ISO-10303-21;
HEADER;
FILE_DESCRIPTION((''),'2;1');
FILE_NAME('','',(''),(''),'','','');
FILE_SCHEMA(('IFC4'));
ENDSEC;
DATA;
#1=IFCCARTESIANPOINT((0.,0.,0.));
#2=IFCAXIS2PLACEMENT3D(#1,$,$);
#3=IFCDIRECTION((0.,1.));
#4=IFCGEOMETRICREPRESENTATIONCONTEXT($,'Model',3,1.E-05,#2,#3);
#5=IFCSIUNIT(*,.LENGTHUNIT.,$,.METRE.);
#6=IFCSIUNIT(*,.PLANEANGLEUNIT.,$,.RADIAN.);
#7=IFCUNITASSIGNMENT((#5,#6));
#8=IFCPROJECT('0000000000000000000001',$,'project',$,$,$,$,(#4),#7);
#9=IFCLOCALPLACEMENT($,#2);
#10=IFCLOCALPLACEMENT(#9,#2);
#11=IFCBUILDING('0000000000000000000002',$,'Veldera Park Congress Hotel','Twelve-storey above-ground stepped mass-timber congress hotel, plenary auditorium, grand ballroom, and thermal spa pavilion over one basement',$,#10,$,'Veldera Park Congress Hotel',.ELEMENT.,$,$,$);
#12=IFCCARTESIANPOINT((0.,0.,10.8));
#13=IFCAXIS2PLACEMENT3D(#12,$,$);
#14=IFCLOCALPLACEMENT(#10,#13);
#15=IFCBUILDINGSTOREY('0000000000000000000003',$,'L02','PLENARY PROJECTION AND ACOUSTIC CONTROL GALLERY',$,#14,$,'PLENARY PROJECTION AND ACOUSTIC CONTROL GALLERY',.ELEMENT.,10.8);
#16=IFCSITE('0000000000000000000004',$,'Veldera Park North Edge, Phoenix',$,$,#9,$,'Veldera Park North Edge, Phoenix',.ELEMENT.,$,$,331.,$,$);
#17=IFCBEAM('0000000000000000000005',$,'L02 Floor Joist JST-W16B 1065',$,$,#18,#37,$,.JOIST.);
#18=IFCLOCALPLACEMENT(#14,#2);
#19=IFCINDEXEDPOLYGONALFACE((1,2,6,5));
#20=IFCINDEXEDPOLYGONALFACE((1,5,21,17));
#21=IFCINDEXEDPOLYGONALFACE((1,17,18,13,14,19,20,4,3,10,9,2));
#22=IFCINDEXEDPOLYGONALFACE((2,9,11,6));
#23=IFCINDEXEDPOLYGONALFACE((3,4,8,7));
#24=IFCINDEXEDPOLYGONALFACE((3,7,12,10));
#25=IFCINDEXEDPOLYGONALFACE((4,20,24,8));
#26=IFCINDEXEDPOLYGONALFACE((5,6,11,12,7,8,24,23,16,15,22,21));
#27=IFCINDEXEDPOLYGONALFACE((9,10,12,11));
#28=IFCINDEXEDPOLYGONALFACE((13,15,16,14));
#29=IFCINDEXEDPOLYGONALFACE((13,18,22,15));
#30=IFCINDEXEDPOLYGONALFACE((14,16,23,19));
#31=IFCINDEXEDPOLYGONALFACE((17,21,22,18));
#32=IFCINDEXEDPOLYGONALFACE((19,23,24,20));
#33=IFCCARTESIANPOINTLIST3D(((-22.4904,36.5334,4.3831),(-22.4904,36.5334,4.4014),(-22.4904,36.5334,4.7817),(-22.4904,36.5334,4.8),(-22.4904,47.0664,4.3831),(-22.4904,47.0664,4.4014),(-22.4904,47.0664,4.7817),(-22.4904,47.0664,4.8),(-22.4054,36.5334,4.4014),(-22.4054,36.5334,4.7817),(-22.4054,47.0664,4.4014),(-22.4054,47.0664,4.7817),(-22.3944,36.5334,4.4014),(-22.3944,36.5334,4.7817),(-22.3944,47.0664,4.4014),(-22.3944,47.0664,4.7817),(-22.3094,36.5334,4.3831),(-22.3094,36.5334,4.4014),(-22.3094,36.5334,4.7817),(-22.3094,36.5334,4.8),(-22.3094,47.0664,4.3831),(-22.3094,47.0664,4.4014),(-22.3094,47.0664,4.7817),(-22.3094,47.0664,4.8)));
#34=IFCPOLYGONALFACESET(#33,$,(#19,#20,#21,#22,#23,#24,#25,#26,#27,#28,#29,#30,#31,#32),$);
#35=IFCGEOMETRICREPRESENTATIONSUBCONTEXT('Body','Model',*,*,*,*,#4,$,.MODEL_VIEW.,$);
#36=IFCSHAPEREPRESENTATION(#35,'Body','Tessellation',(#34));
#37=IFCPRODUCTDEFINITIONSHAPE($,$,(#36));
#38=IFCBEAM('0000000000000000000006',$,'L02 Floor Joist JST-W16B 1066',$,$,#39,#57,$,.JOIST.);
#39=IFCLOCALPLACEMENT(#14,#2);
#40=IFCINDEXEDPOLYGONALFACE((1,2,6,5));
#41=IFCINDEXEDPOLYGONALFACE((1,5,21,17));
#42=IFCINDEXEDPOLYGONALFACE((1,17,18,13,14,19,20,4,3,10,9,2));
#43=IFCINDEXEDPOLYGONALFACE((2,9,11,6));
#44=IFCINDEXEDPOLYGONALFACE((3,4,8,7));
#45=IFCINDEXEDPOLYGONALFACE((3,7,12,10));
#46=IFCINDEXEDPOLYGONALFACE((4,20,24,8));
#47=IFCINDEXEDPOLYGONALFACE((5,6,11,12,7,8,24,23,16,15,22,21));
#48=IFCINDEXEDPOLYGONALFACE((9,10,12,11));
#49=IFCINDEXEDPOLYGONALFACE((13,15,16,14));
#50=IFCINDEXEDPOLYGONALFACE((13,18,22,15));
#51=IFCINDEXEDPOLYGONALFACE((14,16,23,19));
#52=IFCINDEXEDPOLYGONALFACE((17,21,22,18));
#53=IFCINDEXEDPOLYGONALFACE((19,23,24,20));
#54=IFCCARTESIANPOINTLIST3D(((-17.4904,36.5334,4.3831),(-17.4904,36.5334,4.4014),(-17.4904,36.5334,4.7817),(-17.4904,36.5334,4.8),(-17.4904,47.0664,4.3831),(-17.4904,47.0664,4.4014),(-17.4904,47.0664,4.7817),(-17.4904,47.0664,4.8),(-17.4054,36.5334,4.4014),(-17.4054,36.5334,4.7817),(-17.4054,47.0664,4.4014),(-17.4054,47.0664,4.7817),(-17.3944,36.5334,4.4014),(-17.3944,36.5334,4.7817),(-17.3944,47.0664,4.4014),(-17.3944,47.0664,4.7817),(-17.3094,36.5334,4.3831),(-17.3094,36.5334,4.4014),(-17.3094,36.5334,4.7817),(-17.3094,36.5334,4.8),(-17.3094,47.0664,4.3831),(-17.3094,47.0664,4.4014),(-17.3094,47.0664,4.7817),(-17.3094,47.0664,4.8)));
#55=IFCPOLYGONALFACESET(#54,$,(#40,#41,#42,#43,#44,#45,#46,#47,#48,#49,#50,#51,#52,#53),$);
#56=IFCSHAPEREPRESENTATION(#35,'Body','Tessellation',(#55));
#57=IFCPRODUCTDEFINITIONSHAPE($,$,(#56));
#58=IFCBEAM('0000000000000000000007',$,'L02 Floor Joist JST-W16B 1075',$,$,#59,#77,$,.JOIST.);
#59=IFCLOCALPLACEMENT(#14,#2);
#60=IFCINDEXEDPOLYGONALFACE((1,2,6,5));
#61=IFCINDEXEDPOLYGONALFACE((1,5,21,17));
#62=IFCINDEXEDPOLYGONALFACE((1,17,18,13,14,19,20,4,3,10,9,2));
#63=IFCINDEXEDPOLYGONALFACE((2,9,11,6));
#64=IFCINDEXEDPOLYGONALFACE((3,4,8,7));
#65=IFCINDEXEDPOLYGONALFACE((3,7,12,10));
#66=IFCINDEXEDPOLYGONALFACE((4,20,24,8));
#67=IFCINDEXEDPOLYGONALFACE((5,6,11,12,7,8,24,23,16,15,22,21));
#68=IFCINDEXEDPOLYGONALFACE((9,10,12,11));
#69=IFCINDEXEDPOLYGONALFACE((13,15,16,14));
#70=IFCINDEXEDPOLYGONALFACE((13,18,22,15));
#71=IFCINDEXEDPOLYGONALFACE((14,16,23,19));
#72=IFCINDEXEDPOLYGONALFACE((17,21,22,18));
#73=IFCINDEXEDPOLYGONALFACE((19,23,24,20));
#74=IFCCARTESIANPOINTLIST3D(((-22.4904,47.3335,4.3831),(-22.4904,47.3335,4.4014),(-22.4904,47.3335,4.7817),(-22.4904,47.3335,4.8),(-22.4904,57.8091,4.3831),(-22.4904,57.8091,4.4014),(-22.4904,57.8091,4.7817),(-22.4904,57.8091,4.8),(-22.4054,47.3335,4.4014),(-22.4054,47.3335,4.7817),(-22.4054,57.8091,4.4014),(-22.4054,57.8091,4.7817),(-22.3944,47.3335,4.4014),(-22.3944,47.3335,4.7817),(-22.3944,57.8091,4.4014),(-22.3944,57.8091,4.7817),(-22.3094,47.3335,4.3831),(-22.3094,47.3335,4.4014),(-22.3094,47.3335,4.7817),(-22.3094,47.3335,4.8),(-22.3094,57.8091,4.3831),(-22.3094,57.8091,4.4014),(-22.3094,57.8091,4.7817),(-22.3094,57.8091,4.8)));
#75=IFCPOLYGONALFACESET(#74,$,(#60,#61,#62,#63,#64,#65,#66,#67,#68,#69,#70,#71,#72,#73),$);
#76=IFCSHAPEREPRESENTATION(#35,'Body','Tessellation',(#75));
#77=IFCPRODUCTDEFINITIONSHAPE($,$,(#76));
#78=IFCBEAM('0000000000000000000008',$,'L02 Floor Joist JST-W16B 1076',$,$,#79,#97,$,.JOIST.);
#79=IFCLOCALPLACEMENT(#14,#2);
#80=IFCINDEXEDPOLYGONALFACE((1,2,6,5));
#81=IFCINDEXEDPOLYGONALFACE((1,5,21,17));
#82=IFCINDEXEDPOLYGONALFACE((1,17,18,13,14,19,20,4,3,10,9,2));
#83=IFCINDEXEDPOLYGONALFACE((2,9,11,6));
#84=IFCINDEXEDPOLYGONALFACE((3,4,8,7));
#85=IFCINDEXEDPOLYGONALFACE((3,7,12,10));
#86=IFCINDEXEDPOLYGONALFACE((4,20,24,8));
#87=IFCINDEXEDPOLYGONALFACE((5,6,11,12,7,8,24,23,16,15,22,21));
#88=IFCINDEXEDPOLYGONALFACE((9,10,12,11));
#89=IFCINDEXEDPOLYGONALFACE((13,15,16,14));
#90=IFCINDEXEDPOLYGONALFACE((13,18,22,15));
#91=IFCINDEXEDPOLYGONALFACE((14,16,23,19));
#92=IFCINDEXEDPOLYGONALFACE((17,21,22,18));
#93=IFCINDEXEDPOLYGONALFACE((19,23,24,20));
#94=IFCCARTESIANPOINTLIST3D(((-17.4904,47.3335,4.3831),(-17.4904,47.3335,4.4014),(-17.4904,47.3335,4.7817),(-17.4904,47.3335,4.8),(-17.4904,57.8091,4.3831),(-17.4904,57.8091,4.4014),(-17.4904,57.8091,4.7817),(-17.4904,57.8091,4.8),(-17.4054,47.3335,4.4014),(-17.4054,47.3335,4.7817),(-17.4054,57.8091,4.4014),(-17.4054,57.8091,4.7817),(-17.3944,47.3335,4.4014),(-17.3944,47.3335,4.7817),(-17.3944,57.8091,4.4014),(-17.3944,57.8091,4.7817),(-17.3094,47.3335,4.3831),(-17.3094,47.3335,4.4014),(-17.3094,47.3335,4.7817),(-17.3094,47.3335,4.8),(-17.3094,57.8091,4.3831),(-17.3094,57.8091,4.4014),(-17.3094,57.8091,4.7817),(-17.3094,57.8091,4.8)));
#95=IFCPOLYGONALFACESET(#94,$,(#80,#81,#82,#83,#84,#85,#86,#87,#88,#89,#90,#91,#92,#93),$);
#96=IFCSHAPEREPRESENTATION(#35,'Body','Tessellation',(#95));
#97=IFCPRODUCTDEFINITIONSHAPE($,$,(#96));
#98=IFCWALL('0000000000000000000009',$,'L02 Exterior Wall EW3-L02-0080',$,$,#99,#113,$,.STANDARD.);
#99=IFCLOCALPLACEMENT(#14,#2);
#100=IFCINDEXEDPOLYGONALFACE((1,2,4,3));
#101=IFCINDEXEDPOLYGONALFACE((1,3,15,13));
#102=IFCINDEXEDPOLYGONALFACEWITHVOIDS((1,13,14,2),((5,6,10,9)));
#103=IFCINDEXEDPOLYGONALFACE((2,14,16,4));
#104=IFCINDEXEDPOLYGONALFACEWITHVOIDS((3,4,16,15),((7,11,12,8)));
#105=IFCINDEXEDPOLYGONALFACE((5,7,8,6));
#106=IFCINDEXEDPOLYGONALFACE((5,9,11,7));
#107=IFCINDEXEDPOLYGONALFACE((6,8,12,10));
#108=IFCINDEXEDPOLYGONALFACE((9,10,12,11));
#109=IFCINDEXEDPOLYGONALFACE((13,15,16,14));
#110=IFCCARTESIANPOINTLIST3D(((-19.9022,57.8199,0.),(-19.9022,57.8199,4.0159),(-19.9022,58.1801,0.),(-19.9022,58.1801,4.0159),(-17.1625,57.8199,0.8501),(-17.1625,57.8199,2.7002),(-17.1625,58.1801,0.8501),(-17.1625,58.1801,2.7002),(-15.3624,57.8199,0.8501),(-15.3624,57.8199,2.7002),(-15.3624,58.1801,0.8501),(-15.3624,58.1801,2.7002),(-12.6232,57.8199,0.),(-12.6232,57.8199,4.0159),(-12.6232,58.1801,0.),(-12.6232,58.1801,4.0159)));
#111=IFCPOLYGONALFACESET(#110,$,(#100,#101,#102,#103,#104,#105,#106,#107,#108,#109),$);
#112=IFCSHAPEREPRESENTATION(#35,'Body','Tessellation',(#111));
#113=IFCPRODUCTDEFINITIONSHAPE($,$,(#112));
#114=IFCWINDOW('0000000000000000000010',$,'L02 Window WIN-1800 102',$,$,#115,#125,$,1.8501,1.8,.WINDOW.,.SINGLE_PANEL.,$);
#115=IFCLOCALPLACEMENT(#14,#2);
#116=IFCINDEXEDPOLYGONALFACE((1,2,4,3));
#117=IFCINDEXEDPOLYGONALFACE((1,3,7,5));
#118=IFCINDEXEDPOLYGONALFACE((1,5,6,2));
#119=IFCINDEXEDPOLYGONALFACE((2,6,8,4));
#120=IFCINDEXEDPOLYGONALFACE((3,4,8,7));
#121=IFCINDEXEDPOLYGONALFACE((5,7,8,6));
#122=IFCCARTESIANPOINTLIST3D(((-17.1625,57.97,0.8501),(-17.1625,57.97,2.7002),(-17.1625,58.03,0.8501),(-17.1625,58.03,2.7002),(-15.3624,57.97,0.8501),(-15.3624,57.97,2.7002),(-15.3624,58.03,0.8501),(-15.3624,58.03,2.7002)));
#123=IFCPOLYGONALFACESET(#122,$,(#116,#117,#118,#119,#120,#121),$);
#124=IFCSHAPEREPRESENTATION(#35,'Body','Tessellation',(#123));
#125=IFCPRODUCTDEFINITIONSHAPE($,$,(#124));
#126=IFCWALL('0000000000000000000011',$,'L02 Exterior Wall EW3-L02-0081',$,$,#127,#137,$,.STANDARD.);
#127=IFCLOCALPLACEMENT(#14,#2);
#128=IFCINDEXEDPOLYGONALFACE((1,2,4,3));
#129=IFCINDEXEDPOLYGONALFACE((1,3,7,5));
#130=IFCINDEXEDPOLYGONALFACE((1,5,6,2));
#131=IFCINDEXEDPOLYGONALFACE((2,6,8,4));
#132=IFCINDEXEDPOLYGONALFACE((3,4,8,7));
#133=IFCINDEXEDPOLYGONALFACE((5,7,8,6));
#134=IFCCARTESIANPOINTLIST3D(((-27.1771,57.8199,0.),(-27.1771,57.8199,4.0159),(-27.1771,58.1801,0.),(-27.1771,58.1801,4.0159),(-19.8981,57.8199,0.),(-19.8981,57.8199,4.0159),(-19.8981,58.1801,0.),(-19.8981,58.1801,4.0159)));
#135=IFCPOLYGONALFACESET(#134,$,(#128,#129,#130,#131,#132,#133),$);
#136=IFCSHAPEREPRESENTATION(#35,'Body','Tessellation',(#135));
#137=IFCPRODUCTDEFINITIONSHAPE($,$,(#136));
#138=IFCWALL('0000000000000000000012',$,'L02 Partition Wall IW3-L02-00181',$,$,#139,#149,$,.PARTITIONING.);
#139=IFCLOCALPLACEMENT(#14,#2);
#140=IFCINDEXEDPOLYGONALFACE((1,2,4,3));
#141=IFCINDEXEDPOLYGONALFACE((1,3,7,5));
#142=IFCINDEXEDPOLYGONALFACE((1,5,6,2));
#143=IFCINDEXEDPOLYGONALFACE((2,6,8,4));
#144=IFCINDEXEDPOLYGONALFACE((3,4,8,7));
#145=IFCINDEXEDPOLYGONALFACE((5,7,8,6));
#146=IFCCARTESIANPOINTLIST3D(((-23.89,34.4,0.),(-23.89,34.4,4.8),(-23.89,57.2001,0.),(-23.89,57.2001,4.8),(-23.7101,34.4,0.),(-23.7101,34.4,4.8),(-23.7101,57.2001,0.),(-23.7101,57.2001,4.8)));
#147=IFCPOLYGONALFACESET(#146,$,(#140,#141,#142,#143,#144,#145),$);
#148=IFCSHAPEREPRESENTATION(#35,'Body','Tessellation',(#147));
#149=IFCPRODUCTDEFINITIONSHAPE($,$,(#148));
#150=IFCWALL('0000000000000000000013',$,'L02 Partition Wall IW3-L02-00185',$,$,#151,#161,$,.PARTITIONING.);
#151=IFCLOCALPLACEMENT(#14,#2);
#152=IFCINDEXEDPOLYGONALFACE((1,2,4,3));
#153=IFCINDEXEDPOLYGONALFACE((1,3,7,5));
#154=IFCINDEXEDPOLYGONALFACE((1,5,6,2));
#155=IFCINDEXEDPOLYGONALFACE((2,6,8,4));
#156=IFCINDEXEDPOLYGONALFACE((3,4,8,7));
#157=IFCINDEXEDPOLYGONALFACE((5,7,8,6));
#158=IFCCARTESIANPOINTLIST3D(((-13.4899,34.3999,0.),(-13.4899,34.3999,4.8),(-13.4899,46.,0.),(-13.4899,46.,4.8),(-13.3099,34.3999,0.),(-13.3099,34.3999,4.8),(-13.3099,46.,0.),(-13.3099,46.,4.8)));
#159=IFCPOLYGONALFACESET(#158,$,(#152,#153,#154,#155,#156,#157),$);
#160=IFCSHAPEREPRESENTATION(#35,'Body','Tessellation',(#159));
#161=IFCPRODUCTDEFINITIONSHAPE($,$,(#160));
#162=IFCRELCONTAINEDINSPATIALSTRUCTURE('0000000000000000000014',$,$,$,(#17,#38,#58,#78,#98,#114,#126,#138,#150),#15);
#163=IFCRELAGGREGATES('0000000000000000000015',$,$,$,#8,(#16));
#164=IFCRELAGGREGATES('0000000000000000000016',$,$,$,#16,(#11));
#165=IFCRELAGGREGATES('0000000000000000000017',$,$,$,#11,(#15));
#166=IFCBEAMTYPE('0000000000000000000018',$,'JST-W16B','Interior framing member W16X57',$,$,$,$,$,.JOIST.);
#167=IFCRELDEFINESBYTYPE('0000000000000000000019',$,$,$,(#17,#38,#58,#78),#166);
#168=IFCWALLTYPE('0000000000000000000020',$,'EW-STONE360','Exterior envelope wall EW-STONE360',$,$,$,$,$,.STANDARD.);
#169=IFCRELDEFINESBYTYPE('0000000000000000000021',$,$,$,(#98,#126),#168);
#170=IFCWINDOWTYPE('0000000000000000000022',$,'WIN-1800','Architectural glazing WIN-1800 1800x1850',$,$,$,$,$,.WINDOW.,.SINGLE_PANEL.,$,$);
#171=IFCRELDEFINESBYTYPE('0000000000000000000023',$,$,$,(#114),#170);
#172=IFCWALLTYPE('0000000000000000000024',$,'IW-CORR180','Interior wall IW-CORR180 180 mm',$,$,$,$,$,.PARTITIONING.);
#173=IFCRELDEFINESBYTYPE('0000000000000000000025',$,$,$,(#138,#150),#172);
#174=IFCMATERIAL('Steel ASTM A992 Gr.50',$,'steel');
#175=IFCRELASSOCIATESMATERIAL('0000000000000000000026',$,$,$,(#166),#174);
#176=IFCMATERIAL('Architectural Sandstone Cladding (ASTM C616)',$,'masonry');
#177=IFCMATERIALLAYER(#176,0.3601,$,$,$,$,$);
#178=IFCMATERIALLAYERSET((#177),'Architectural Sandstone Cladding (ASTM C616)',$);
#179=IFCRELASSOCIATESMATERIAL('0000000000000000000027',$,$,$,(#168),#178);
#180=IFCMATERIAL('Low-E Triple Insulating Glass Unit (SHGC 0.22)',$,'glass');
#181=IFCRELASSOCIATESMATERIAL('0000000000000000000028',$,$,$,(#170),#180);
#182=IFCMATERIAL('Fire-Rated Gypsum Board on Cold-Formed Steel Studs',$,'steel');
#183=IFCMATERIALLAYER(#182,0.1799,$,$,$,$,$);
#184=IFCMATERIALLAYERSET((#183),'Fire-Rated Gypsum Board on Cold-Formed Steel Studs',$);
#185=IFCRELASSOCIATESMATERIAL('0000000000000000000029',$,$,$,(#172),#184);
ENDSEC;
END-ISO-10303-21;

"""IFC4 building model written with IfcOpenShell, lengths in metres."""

from ifc_helpers import new_model, si_unit, direction, frame, frame_2d, origin, origin_2d, place, context, subcontext, project, spatial, rectangle, i_section, extrude, material, layer, layer_set, material_profile, profile_set, type_object, element, fill, save


model = new_model("IFC4")

# Units and contexts
model_context = context("Model", 3, precision=1e-05, world=origin(), true_north=direction((0.0, 1.0)))
body_context = subcontext(model_context, "Body", "Model", "MODEL_VIEW")
ifc_project = project(units=[si_unit("LENGTHUNIT", "METRE"), si_unit("PLANEANGLEUNIT", "RADIAN")], contexts=[model_context])

# Site, building, storey
site_placement = place(None, origin())
site = spatial("IfcSite", under=ifc_project, at=site_placement, Name="Veldera Park North Edge, Phoenix", LongName="Veldera Park North Edge, Phoenix", CompositionType="ELEMENT", RefElevation=331.0)
building_placement = place(site_placement, origin())
building = spatial("IfcBuilding", under=site, at=building_placement, Name="Veldera Park Congress Hotel", Description="Twelve-storey above-ground stepped mass-timber congress hotel, plenary auditorium, grand ballroom, and thermal spa pavilion over one basement", LongName="Veldera Park Congress Hotel", CompositionType="ELEMENT")
storey_placement = place(building_placement, frame((0.0, 0.0, 10.8)))
storey = spatial("IfcBuildingStorey", under=building, at=storey_placement, Name="L02", Description="PLENARY PROJECTION AND ACOUSTIC CONTROL GALLERY", LongName="PLENARY PROJECTION AND ACOUSTIC CONTROL GALLERY", CompositionType="ELEMENT", Elevation=10.8)

# Beams
ifc_material_1 = material(Name="Steel ASTM A992 Gr.50", Category="steel")
ifc_material_profile_1 = material_profile(ifc_material_1, i_section(OverallWidth=0.1809, OverallDepth=0.417, WebThickness=0.011, FlangeThickness=0.0183, at=origin_2d()), Name="W16X57")
ifc_profile_set_1 = profile_set([ifc_material_profile_1], Name="Steel ASTM A992 Gr.50")
beam_type_1 = type_object("IfcBeamType", Name="JST-W16B", Description="Interior framing member W16X57", PredefinedType="JOIST", material=ifc_profile_set_1)
for number, where, z_axis, x_axis, name in (
    (1, (-22.3999, 36.5334, 4.5916), (0.0, 1.0, 0.0), (-1.0, 0.0, 0.0), "L02 Floor Joist JST-W16B 1065"),
    (2, (-17.3999, 36.5334, 4.5916), (0.0, 1.0, 0.0), (-1.0, 0.0, 0.0), "L02 Floor Joist JST-W16B 1066"),
):
    element("IfcBeam", number, at=place(storey_placement, frame(where, z_axis=z_axis, x_axis=x_axis)), inside=storey, type_object=beam_type_1, Name=name, PredefinedType="JOIST", context=body_context, shape_type="SweptSolid", body=[
        extrude(i_section(OverallWidth=0.1809, OverallDepth=0.417, WebThickness=0.011, FlangeThickness=0.0183, at=origin_2d()), origin(), (0.0, 0.0, 1.0), 10.533),
    ])
for number, where, z_axis, x_axis, name in (
    (3, (-22.3999, 47.3335, 4.5916), (0.0, 1.0, 0.0), (-1.0, 0.0, 0.0), "L02 Floor Joist JST-W16B 1075"),
    (4, (-17.3999, 47.3335, 4.5916), (0.0, 1.0, 0.0), (-1.0, 0.0, 0.0), "L02 Floor Joist JST-W16B 1076"),
):
    element("IfcBeam", number, at=place(storey_placement, frame(where, z_axis=z_axis, x_axis=x_axis)), inside=storey, type_object=beam_type_1, Name=name, PredefinedType="JOIST", context=body_context, shape_type="SweptSolid", body=[
        extrude(i_section(OverallWidth=0.1809, OverallDepth=0.417, WebThickness=0.011, FlangeThickness=0.0183, at=origin_2d()), origin(), (0.0, 0.0, 1.0), 10.4756),
    ])

# Wall, opening, window
ifc_material_2 = material(Name="Architectural Sandstone Cladding (ASTM C616)", Category="masonry")
ifc_layer_1 = layer(ifc_material_2, 0.3601)
ifc_layer_set_1 = layer_set([ifc_layer_1], Name="Architectural Sandstone Cladding (ASTM C616)")
wall_type_1 = type_object("IfcWallType", Name="EW-STONE360", Description="Exterior envelope wall EW-STONE360", PredefinedType="STANDARD", material=ifc_layer_set_1)
wall_1_placement = place(storey_placement, frame((-12.623, 58.0, 0.0), z_axis=(0.0, 0.0, 1.0), x_axis=(-1.0, 0.0, 0.0)))
wall_1 = element("IfcWall", 5, at=wall_1_placement, inside=storey, type_object=wall_type_1, Name="L02 Exterior Wall EW3-L02-0080", PredefinedType="STANDARD", context=body_context, shape_type="SweptSolid", body=[
    extrude(rectangle(XDim=7.2791, YDim=0.3601, at=frame_2d((3.6396, 0.0))), origin(), (0.0, 0.0, 1.0), 4.0159),
])
opening_1_placement = place(wall_1_placement, frame((2.7395, 0.0, 0.8501)))
opening_1 = element("IfcOpeningElement", 6, at=opening_1_placement, cuts=wall_1, PredefinedType="OPENING", context=body_context, shape_type="SweptSolid", body=[
    extrude(rectangle(XDim=1.8, YDim=1.8501, at=frame_2d((0.8999, 0.925))), frame((0.0, 0.1921, 0.0), z_axis=(0.0, -1.0, 0.0), x_axis=(1.0, 0.0, 0.0)), (0.0, 0.0, 1.0), 0.384),
])
ifc_material_3 = material(Name="Low-E Triple Insulating Glass Unit (SHGC 0.22)", Category="glass")
window_type = type_object("IfcWindowType", Name="WIN-1800", Description="Architectural glazing WIN-1800 1800x1850", PartitioningType="SINGLE_PANEL", PredefinedType="WINDOW", material=ifc_material_3)
window_placement = place(opening_1_placement, origin())
window = element("IfcWindow", 7, at=window_placement, inside=storey, type_object=window_type, Name="L02 Window WIN-1800 102", OverallHeight=1.8501, OverallWidth=1.8, PartitioningType="SINGLE_PANEL", PredefinedType="WINDOW", context=body_context, shape_type="SweptSolid", body=[
    extrude(rectangle(XDim=1.8, YDim=1.8501, at=frame_2d((0.8999, 0.925))), frame((0.0, 0.03, 0.0), z_axis=(0.0, -1.0, 0.0), x_axis=(1.0, 0.0, 0.0)), (0.0, 0.0, 1.0), 0.0601),
])
fill(opening_1, window)

# Walls
wall_2_placement = place(storey_placement, frame((-19.8979, 58.0, 0.0), z_axis=(0.0, 0.0, 1.0), x_axis=(-1.0, 0.0, 0.0)))
element("IfcWall", 8, at=wall_2_placement, inside=storey, type_object=wall_type_1, Name="L02 Exterior Wall EW3-L02-0081", PredefinedType="STANDARD", context=body_context, shape_type="SweptSolid", body=[
    extrude(rectangle(XDim=7.2791, YDim=0.3601, at=frame_2d((3.6396, 0.0))), origin(), (0.0, 0.0, 1.0), 4.0159),
])
ifc_material_4 = material(Name="Fire-Rated Gypsum Board on Cold-Formed Steel Studs", Category="steel")
ifc_layer_2 = layer(ifc_material_4, 0.1799)
ifc_layer_set_2 = layer_set([ifc_layer_2], Name="Fire-Rated Gypsum Board on Cold-Formed Steel Studs")
wall_type_2 = type_object("IfcWallType", Name="IW-CORR180", Description="Interior wall IW-CORR180 180 mm", PredefinedType="PARTITIONING", material=ifc_layer_set_2)
wall_3_placement = place(storey_placement, frame((-23.8, 57.2, 0.0), z_axis=(0.0, 0.0, 1.0), x_axis=(0.0, -1.0, 0.0)))
element("IfcWall", 9, at=wall_3_placement, inside=storey, type_object=wall_type_2, Name="L02 Partition Wall IW3-L02-00181", PredefinedType="PARTITIONING", context=body_context, shape_type="SweptSolid", body=[
    extrude(rectangle(XDim=22.8, YDim=0.1799, at=frame_2d((11.3999, 0.0))), origin(), (0.0, 0.0, 1.0), 4.8),
])
wall_4_placement = place(storey_placement, frame((-13.3999, 46.0, 0.0), z_axis=(0.0, 0.0, 1.0), x_axis=(0.0, -1.0, 0.0)))
element("IfcWall", 10, at=wall_4_placement, inside=storey, type_object=wall_type_2, Name="L02 Partition Wall IW3-L02-00185", PredefinedType="PARTITIONING", context=body_context, shape_type="SweptSolid", body=[
    extrude(rectangle(XDim=11.6001, YDim=0.1799, at=frame_2d((5.8, 0.0))), origin(), (0.0, 0.0, 1.0), 4.8),
])

save(model, "model.ifc")
